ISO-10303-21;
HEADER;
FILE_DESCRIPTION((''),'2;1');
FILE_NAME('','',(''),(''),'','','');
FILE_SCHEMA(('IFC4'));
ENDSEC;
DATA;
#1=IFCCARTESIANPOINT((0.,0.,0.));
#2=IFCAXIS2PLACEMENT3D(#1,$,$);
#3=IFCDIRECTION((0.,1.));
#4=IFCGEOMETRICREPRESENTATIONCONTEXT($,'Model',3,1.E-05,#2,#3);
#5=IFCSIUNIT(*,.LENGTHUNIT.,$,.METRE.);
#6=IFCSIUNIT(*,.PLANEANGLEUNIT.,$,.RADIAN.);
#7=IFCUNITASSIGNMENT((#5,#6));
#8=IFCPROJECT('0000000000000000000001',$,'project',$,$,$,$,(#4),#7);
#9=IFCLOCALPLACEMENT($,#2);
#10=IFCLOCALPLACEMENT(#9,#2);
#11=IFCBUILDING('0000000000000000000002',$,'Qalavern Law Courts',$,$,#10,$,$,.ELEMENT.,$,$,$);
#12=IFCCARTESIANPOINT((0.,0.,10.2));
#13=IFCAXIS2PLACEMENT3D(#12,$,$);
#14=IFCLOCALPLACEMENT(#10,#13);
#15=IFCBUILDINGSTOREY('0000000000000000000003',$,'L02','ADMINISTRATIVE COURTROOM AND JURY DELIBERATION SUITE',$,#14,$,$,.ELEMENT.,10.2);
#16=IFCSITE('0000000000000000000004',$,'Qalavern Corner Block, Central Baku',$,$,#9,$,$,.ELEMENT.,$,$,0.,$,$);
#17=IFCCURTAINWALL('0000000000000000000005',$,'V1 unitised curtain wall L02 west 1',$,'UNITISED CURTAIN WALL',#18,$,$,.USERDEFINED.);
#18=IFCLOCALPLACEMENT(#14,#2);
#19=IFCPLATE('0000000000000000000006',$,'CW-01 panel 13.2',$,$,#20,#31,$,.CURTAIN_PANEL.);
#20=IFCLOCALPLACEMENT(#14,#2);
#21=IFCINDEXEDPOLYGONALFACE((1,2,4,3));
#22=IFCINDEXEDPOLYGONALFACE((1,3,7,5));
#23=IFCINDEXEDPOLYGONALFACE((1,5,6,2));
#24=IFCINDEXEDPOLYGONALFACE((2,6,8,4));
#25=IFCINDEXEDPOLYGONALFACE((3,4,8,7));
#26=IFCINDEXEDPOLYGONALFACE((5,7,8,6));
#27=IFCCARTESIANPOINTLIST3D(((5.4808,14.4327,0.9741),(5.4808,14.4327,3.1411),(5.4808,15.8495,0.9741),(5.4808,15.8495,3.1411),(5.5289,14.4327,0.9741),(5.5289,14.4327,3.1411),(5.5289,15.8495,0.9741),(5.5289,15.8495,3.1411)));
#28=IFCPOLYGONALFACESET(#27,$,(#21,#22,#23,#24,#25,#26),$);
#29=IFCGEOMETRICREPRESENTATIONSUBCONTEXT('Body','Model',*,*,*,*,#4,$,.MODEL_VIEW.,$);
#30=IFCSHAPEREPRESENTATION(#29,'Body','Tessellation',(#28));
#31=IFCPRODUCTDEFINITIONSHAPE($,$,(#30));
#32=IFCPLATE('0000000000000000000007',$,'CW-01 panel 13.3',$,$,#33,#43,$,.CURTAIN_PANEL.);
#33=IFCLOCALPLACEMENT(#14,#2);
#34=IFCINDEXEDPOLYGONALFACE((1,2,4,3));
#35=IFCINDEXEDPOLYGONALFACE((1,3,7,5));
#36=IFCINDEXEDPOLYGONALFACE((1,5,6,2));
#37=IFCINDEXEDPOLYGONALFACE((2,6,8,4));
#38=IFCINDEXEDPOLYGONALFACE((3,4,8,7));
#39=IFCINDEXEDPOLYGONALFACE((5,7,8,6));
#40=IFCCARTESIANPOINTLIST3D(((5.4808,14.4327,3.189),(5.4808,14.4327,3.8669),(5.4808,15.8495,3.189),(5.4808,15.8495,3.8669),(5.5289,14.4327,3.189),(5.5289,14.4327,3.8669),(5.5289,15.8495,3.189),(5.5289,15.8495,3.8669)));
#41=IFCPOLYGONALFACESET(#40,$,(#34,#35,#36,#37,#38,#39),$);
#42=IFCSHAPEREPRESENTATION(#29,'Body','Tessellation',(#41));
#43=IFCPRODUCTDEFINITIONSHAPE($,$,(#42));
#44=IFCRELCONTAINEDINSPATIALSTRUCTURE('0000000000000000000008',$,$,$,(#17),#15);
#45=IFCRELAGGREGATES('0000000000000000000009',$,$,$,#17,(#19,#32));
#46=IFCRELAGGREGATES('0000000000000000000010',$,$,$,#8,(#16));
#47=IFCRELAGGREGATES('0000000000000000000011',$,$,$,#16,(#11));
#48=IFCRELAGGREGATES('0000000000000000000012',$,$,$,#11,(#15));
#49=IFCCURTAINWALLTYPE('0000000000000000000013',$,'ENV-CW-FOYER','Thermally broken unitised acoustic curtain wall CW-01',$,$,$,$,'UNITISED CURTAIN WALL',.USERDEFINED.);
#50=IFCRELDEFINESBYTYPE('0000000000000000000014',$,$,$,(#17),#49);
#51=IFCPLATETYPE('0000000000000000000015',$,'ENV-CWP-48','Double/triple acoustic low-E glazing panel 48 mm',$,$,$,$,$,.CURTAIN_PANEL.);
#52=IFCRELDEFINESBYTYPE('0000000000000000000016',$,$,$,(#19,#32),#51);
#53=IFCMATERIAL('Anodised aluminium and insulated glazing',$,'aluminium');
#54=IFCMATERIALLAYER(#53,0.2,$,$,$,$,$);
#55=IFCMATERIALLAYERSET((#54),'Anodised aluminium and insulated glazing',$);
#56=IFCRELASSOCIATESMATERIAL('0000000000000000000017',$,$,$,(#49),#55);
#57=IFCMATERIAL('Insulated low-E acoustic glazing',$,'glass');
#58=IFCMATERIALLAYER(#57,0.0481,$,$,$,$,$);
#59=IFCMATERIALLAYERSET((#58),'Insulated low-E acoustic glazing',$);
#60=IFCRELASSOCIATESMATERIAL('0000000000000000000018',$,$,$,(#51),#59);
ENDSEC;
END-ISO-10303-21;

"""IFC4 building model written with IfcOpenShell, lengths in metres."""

from ifc_helpers import new_model, si_unit, direction, frame, origin, origin_2d, place, context, subcontext, project, spatial, rectangle, extrude, material, layer, layer_set, type_object, element, aggregate, save


model = new_model("IFC4")

# Units and contexts
model_context = context("Model", 3, precision=1e-05, world=origin(), true_north=direction((0.0, 1.0)))
body_context = subcontext(model_context, "Body", "Model", "MODEL_VIEW")
ifc_project = project(units=[si_unit("LENGTHUNIT", "METRE"), si_unit("PLANEANGLEUNIT", "RADIAN")], contexts=[model_context])

# Site, building, storey
site_placement = place(None, origin())
site = spatial("IfcSite", under=ifc_project, at=site_placement, Name="Qalavern Corner Block, Central Baku", CompositionType="ELEMENT", RefElevation=0.0)
building_placement = place(site_placement, origin())
building = spatial("IfcBuilding", under=site, at=building_placement, Name="Qalavern Law Courts", CompositionType="ELEMENT")
storey_placement = place(building_placement, frame((0.0, 0.0, 10.2)))
storey = spatial("IfcBuildingStorey", under=building, at=storey_placement, Name="L02", Description="ADMINISTRATIVE COURTROOM AND JURY DELIBERATION SUITE", CompositionType="ELEMENT", Elevation=10.2)

# Curtain wall
ifc_material_1 = material(Name="Anodised aluminium and insulated glazing", Category="aluminium")
ifc_layer_1 = layer(ifc_material_1, 0.2)
ifc_layer_set_1 = layer_set([ifc_layer_1], Name="Anodised aluminium and insulated glazing")
curtain_wall_type = type_object("IfcCurtainWallType", Name="ENV-CW-FOYER", Description="Thermally broken unitised acoustic curtain wall CW-01", ElementType="UNITISED CURTAIN WALL", PredefinedType="USERDEFINED", material=ifc_layer_set_1)
curtain_wall_placement = place(storey_placement, origin())
curtain_wall = element("IfcCurtainWall", 1, at=curtain_wall_placement, inside=storey, type_object=curtain_wall_type, Name="V1 unitised curtain wall L02 west 1", ObjectType="UNITISED CURTAIN WALL", PredefinedType="USERDEFINED")

# Plates
ifc_material_2 = material(Name="Insulated low-E acoustic glazing", Category="glass")
ifc_layer_2 = layer(ifc_material_2, 0.0481)
ifc_layer_set_2 = layer_set([ifc_layer_2], Name="Insulated low-E acoustic glazing")
plate_type = type_object("IfcPlateType", Name="ENV-CWP-48", Description="Double/triple acoustic low-E glazing panel 48 mm", PredefinedType="CURTAIN_PANEL", material=ifc_layer_set_2)
plate_1_placement = place(storey_placement, frame((5.5049, 15.1411, 0.9741), z_axis=(0.0, 0.0, 1.0), x_axis=(0.0, -1.0, 0.0)))
plate_1 = element("IfcPlate", 2, at=plate_1_placement, type_object=plate_type, Name="CW-01 panel 13.2", PredefinedType="CURTAIN_PANEL", context=body_context, shape_type="SweptSolid", body=[
    extrude(rectangle(XDim=1.4167, YDim=0.0481, at=origin_2d()), origin(), (0.0, 0.0, 1.0), 2.167),
])
plate_2_placement = place(storey_placement, frame((5.5049, 15.1411, 3.189), z_axis=(0.0, 0.0, 1.0), x_axis=(0.0, -1.0, 0.0)))
plate_2 = element("IfcPlate", 3, at=plate_2_placement, type_object=plate_type, Name="CW-01 panel 13.3", PredefinedType="CURTAIN_PANEL", context=body_context, shape_type="SweptSolid", body=[
    extrude(rectangle(XDim=1.4167, YDim=0.0481, at=origin_2d()), origin(), (0.0, 0.0, 1.0), 0.678),
])
aggregate(curtain_wall, [plate_1, plate_2])

save(model, "model.ifc")
